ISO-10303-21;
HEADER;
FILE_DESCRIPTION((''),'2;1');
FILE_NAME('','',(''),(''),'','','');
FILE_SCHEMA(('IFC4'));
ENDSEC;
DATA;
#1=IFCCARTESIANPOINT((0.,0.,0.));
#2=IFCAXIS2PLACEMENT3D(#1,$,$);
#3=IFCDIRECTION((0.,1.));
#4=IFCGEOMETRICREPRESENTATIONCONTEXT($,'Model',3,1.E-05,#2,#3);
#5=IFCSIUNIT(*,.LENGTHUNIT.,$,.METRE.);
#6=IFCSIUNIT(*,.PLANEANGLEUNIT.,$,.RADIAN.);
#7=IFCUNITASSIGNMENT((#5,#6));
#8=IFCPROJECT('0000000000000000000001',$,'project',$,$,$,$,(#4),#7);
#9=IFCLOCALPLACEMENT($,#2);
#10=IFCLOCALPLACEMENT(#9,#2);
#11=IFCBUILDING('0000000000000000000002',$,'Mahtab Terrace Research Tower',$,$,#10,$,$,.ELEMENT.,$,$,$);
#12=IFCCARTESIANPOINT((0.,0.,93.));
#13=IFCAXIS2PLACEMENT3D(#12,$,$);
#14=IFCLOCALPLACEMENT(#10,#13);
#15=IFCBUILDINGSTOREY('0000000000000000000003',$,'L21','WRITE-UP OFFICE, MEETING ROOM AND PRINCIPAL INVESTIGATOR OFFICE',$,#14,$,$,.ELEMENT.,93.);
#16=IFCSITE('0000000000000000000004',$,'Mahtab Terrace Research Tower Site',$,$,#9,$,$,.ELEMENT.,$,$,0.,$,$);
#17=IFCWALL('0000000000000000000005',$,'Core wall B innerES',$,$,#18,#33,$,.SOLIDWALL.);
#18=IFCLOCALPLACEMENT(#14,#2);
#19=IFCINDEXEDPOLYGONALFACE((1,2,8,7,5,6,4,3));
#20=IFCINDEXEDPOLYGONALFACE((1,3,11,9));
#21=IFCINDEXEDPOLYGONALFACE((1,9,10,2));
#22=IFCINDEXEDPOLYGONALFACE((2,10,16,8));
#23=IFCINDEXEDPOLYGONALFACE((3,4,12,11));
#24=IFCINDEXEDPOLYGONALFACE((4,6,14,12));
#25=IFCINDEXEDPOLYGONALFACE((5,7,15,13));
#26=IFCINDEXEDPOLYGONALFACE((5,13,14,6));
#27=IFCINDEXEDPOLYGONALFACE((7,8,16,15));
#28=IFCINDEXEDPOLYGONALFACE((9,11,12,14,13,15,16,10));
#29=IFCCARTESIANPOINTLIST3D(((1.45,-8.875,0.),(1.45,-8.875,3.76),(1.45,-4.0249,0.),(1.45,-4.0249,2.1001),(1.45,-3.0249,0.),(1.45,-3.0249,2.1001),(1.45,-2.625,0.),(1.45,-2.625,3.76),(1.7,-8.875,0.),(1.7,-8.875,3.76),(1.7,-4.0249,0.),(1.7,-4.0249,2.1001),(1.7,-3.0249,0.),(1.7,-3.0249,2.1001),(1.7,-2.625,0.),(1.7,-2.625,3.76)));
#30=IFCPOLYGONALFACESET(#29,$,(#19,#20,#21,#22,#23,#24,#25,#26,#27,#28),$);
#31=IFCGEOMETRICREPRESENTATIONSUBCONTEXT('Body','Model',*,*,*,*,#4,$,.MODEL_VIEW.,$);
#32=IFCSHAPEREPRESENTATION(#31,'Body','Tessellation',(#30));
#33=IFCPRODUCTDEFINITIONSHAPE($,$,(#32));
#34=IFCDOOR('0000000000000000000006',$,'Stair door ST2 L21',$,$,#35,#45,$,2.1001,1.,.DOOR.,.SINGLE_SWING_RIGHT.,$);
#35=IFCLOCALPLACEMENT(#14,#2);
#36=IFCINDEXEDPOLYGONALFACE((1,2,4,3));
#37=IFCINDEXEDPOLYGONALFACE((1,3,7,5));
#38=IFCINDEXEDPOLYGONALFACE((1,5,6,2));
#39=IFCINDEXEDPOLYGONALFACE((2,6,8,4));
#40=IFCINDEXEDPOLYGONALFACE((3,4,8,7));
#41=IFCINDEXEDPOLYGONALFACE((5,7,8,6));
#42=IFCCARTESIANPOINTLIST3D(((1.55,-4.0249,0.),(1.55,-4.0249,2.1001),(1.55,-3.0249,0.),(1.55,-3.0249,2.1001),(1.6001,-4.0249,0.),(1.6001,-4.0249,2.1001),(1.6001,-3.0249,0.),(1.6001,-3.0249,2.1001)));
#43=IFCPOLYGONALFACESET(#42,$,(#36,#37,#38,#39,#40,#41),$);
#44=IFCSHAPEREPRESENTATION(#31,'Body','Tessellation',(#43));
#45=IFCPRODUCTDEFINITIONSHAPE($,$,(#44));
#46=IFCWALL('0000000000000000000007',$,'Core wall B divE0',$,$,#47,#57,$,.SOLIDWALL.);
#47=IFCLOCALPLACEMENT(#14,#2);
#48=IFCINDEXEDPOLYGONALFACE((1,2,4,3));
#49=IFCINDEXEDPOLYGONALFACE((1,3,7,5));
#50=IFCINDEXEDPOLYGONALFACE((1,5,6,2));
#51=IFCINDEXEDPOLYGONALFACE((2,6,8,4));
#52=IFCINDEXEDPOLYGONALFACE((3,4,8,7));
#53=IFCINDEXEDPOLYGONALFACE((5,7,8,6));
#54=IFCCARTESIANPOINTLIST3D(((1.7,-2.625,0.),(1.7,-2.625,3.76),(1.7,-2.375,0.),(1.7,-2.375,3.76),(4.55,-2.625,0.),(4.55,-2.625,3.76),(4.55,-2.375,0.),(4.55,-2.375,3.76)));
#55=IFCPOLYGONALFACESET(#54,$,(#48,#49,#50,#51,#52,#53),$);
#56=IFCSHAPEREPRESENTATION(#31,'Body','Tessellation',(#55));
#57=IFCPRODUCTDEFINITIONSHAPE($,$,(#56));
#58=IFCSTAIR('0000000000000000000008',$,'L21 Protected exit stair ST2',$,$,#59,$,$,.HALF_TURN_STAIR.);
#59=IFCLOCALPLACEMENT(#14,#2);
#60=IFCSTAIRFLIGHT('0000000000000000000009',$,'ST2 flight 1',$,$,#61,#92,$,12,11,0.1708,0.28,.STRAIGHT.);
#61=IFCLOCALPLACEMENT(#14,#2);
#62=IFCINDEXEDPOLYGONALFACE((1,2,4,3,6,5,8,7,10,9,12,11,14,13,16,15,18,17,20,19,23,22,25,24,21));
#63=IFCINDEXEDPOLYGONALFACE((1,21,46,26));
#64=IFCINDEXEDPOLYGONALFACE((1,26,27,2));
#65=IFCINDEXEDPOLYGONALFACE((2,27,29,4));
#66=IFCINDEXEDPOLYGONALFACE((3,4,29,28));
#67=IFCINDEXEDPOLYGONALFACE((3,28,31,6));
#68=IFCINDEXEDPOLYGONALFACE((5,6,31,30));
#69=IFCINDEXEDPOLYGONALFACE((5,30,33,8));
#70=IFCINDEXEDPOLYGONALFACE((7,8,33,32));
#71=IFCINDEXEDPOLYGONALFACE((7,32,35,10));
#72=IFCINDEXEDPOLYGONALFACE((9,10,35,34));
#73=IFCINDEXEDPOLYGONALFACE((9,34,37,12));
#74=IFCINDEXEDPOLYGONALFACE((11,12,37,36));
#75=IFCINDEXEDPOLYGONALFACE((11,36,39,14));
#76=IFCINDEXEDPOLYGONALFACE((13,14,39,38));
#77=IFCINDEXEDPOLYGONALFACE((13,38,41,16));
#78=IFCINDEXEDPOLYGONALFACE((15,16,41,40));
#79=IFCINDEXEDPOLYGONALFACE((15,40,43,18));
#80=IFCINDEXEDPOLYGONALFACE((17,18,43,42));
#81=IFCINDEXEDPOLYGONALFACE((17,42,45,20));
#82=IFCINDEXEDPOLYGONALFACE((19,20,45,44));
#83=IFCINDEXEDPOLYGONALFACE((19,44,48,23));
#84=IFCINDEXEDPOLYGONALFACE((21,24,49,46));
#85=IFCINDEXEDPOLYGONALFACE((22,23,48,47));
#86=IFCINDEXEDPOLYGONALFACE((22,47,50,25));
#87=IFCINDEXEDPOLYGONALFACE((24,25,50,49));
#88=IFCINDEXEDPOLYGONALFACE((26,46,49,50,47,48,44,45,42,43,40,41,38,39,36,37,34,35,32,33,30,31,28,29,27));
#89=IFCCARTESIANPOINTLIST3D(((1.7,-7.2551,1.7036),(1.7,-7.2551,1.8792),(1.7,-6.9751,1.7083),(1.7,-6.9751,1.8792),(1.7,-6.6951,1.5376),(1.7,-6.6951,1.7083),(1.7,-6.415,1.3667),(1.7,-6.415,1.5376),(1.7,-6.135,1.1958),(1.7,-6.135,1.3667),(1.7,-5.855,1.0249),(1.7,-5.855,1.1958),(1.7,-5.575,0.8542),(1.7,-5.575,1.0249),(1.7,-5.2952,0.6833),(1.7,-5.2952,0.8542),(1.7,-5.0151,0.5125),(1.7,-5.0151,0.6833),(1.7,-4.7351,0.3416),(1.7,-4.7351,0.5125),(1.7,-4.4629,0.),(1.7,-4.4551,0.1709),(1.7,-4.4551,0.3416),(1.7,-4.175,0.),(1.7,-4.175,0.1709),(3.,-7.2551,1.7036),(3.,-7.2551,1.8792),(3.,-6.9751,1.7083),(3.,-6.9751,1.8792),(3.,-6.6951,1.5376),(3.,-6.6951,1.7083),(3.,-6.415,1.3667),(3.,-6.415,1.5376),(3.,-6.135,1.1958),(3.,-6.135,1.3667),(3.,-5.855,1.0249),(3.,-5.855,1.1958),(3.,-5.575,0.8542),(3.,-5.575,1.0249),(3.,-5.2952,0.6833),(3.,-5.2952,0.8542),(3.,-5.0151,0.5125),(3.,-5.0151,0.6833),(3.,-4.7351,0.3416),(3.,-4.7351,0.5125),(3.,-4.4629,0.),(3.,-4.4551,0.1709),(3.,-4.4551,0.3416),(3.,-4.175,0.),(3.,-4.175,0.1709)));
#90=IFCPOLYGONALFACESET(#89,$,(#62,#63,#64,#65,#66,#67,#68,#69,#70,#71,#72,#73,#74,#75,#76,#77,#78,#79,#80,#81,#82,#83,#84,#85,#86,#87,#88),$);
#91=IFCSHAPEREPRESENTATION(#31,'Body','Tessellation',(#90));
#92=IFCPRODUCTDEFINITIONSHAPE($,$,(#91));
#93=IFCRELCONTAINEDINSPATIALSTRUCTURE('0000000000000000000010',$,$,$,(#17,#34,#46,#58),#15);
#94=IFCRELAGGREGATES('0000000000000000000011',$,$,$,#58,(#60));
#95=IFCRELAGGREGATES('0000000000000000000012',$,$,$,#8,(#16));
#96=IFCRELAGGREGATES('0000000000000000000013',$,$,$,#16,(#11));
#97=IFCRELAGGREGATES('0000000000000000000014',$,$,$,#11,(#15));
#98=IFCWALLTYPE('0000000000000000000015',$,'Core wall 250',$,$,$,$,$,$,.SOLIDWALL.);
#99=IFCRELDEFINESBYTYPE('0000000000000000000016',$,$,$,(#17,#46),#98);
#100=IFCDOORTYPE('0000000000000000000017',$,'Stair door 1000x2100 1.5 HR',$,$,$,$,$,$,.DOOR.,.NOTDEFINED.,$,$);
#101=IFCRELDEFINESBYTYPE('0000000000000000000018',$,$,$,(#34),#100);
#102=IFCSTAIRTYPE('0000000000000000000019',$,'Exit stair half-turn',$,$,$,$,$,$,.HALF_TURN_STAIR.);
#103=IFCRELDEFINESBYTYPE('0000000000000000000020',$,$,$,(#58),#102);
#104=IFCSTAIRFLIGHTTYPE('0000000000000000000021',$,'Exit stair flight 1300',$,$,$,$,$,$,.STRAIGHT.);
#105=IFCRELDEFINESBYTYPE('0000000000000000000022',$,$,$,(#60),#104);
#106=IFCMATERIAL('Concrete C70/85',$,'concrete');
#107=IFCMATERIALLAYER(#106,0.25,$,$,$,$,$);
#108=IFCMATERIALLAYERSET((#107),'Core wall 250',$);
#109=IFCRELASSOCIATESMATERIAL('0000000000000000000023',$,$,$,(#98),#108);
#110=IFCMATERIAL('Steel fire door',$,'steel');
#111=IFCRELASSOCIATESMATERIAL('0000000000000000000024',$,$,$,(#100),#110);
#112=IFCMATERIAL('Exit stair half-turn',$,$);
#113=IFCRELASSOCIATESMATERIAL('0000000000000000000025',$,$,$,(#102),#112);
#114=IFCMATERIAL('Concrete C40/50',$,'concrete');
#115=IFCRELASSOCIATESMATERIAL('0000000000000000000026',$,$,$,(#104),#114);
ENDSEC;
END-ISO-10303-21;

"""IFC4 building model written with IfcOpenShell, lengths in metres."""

from ifc_helpers import new_model, si_unit, direction, frame, frame_2d, origin, place, context, subcontext, project, spatial, polyline, rectangle, outline, extrude, material, layer, layer_set, type_object, element, fill, aggregate, save


model = new_model("IFC4")

# Units and contexts
model_context = context("Model", 3, precision=1e-05, world=origin(), true_north=direction((0.0, 1.0)))
body_context = subcontext(model_context, "Body", "Model", "MODEL_VIEW")
ifc_project = project(units=[si_unit("LENGTHUNIT", "METRE"), si_unit("PLANEANGLEUNIT", "RADIAN")], contexts=[model_context])

# Site, building, storey
site_placement = place(None, origin())
site = spatial("IfcSite", under=ifc_project, at=site_placement, Name="Mahtab Terrace Research Tower Site", CompositionType="ELEMENT", RefElevation=0.0)
building_placement = place(site_placement, origin())
building = spatial("IfcBuilding", under=site, at=building_placement, Name="Mahtab Terrace Research Tower", CompositionType="ELEMENT")
storey_placement = place(building_placement, frame((0.0, 0.0, 93.0)))
storey = spatial("IfcBuildingStorey", under=building, at=storey_placement, Name="L21", Description="WRITE-UP OFFICE, MEETING ROOM AND PRINCIPAL INVESTIGATOR OFFICE", CompositionType="ELEMENT", Elevation=93.0)

# Shared definitions
ifc_material_1 = material(Name="Concrete C40/50", Category="concrete")

# Shared definitions
ifc_material_2 = material(Name="Concrete C70/85", Category="concrete")
ifc_layer_1 = layer(ifc_material_2, 0.25)
ifc_layer_set_1 = layer_set([ifc_layer_1], Name="Core wall 250")
wall_type = type_object("IfcWallType", Name="Core wall 250", PredefinedType="SOLIDWALL", material=ifc_layer_set_1)
ifc_material_3 = material(Name="Steel fire door", Category="steel")

# Wall, opening, door
wall_1_placement = place(storey_placement, frame((1.575, -8.875, 0.0), z_axis=(0.0, 0.0, 1.0), x_axis=(0.0, 1.0, 0.0)))
wall_1 = element("IfcWall", 1, at=wall_1_placement, inside=storey, type_object=wall_type, Name="Core wall B innerES", PredefinedType="SOLIDWALL", context=body_context, shape_type="SweptSolid", body=[
    extrude(rectangle(XDim=6.25, YDim=0.25, at=frame_2d((3.125, 0.0))), origin(), (0.0, 0.0, 1.0), 3.76),
])
opening_1_placement = place(wall_1_placement, frame((4.8501, 0.0, 0.0)))
opening_1 = element("IfcOpeningElement", 2, at=opening_1_placement, cuts=wall_1, PredefinedType="OPENING", context=body_context, shape_type="SweptSolid", body=[
    extrude(rectangle(XDim=1.0, YDim=2.1001, at=frame_2d((0.5, 1.05))), frame((0.0, 0.135, 0.0), z_axis=(0.0, -1.0, 0.0), x_axis=(1.0, 0.0, 0.0)), (0.0, 0.0, 1.0), 0.27),
])
door_type_1 = type_object("IfcDoorType", Name="Stair door 1000x2100 1.5 HR", OperationType="NOTDEFINED", PredefinedType="DOOR", material=ifc_material_3)
door_1_placement = place(opening_1_placement, origin())
door_1 = element("IfcDoor", 3, at=door_1_placement, inside=storey, type_object=door_type_1, Name="Stair door ST2 L21", OperationType="SINGLE_SWING_RIGHT", OverallHeight=2.1001, OverallWidth=1.0, PredefinedType="DOOR", context=body_context, shape_type="SweptSolid", body=[
    extrude(rectangle(XDim=1.0, YDim=2.1001, at=frame_2d((0.5, 1.05))), frame((0.0, 0.0249, 0.0), z_axis=(0.0, -1.0, 0.0), x_axis=(1.0, 0.0, 0.0)), (0.0, 0.0, 1.0), 0.05),
])
fill(opening_1, door_1)

# Wall
wall_2_placement = place(storey_placement, frame((1.7, -2.5, 0.0), z_axis=(0.0, 0.0, 1.0), x_axis=(1.0, 0.0, 0.0)))
element("IfcWall", 4, at=wall_2_placement, inside=storey, type_object=wall_type, Name="Core wall B divE0", PredefinedType="SOLIDWALL", context=body_context, shape_type="SweptSolid", body=[
    extrude(rectangle(XDim=2.8501, YDim=0.25, at=frame_2d((1.425, 0.0))), origin(), (0.0, 0.0, 1.0), 3.76),
])

# Stair, stair flight
ifc_material_4 = material(Name="Exit stair half-turn")
stair_type = type_object("IfcStairType", Name="Exit stair half-turn", PredefinedType="HALF_TURN_STAIR", material=ifc_material_4)
stair_placement = place(storey_placement, origin())
stair = element("IfcStair", 5, at=stair_placement, inside=storey, type_object=stair_type, Name="L21 Protected exit stair ST2", PredefinedType="HALF_TURN_STAIR")
stair_flight_type = type_object("IfcStairFlightType", Name="Exit stair flight 1300", PredefinedType="STRAIGHT", material=ifc_material_1)
stair_flight_placement = place(storey_placement, frame((2.3501, -4.175, 0.0), z_axis=(0.0, 0.0, 1.0), x_axis=(0.0, -1.0, 0.0)))
stair_flight = element("IfcStairFlight", 6, at=stair_flight_placement, type_object=stair_flight_type, Name="ST2 flight 1", NumberOfRisers=12, NumberOfTreads=11, PredefinedType="STRAIGHT", RiserHeight=0.1708, TreadLength=0.28, context=body_context, shape_type="SweptSolid", body=[
    extrude(outline(polyline([(0.0, 0.0), (0.0, 0.1709), (0.28, 0.1709), (0.28, 0.3416), (0.5601, 0.3416), (0.5601, 0.5125), (0.8401, 0.5125), (0.8401, 0.6833), (1.1201, 0.6833), (1.1201, 0.8542), (1.3999, 0.8542), (1.3999, 1.0249), (1.6799, 1.0249), (1.6799, 1.1958), (1.96, 1.1958), (1.96, 1.3667), (2.24, 1.3667), (2.24, 1.5376), (2.52, 1.5376), (2.52, 1.7083), (2.8, 1.7083), (2.8, 1.8792), (3.0801, 1.8792), (3.0801, 2.05), (3.0801, 1.7036), (0.2878, 0.0), (0.0, 0.0)])), frame((0.0, 0.6499, 0.0), z_axis=(0.0, -1.0, 0.0), x_axis=(1.0, 0.0, 0.0)), (0.0, 0.0, 1.0), 1.3),
])
aggregate(stair, [stair_flight])

save(model, "model.ifc")
